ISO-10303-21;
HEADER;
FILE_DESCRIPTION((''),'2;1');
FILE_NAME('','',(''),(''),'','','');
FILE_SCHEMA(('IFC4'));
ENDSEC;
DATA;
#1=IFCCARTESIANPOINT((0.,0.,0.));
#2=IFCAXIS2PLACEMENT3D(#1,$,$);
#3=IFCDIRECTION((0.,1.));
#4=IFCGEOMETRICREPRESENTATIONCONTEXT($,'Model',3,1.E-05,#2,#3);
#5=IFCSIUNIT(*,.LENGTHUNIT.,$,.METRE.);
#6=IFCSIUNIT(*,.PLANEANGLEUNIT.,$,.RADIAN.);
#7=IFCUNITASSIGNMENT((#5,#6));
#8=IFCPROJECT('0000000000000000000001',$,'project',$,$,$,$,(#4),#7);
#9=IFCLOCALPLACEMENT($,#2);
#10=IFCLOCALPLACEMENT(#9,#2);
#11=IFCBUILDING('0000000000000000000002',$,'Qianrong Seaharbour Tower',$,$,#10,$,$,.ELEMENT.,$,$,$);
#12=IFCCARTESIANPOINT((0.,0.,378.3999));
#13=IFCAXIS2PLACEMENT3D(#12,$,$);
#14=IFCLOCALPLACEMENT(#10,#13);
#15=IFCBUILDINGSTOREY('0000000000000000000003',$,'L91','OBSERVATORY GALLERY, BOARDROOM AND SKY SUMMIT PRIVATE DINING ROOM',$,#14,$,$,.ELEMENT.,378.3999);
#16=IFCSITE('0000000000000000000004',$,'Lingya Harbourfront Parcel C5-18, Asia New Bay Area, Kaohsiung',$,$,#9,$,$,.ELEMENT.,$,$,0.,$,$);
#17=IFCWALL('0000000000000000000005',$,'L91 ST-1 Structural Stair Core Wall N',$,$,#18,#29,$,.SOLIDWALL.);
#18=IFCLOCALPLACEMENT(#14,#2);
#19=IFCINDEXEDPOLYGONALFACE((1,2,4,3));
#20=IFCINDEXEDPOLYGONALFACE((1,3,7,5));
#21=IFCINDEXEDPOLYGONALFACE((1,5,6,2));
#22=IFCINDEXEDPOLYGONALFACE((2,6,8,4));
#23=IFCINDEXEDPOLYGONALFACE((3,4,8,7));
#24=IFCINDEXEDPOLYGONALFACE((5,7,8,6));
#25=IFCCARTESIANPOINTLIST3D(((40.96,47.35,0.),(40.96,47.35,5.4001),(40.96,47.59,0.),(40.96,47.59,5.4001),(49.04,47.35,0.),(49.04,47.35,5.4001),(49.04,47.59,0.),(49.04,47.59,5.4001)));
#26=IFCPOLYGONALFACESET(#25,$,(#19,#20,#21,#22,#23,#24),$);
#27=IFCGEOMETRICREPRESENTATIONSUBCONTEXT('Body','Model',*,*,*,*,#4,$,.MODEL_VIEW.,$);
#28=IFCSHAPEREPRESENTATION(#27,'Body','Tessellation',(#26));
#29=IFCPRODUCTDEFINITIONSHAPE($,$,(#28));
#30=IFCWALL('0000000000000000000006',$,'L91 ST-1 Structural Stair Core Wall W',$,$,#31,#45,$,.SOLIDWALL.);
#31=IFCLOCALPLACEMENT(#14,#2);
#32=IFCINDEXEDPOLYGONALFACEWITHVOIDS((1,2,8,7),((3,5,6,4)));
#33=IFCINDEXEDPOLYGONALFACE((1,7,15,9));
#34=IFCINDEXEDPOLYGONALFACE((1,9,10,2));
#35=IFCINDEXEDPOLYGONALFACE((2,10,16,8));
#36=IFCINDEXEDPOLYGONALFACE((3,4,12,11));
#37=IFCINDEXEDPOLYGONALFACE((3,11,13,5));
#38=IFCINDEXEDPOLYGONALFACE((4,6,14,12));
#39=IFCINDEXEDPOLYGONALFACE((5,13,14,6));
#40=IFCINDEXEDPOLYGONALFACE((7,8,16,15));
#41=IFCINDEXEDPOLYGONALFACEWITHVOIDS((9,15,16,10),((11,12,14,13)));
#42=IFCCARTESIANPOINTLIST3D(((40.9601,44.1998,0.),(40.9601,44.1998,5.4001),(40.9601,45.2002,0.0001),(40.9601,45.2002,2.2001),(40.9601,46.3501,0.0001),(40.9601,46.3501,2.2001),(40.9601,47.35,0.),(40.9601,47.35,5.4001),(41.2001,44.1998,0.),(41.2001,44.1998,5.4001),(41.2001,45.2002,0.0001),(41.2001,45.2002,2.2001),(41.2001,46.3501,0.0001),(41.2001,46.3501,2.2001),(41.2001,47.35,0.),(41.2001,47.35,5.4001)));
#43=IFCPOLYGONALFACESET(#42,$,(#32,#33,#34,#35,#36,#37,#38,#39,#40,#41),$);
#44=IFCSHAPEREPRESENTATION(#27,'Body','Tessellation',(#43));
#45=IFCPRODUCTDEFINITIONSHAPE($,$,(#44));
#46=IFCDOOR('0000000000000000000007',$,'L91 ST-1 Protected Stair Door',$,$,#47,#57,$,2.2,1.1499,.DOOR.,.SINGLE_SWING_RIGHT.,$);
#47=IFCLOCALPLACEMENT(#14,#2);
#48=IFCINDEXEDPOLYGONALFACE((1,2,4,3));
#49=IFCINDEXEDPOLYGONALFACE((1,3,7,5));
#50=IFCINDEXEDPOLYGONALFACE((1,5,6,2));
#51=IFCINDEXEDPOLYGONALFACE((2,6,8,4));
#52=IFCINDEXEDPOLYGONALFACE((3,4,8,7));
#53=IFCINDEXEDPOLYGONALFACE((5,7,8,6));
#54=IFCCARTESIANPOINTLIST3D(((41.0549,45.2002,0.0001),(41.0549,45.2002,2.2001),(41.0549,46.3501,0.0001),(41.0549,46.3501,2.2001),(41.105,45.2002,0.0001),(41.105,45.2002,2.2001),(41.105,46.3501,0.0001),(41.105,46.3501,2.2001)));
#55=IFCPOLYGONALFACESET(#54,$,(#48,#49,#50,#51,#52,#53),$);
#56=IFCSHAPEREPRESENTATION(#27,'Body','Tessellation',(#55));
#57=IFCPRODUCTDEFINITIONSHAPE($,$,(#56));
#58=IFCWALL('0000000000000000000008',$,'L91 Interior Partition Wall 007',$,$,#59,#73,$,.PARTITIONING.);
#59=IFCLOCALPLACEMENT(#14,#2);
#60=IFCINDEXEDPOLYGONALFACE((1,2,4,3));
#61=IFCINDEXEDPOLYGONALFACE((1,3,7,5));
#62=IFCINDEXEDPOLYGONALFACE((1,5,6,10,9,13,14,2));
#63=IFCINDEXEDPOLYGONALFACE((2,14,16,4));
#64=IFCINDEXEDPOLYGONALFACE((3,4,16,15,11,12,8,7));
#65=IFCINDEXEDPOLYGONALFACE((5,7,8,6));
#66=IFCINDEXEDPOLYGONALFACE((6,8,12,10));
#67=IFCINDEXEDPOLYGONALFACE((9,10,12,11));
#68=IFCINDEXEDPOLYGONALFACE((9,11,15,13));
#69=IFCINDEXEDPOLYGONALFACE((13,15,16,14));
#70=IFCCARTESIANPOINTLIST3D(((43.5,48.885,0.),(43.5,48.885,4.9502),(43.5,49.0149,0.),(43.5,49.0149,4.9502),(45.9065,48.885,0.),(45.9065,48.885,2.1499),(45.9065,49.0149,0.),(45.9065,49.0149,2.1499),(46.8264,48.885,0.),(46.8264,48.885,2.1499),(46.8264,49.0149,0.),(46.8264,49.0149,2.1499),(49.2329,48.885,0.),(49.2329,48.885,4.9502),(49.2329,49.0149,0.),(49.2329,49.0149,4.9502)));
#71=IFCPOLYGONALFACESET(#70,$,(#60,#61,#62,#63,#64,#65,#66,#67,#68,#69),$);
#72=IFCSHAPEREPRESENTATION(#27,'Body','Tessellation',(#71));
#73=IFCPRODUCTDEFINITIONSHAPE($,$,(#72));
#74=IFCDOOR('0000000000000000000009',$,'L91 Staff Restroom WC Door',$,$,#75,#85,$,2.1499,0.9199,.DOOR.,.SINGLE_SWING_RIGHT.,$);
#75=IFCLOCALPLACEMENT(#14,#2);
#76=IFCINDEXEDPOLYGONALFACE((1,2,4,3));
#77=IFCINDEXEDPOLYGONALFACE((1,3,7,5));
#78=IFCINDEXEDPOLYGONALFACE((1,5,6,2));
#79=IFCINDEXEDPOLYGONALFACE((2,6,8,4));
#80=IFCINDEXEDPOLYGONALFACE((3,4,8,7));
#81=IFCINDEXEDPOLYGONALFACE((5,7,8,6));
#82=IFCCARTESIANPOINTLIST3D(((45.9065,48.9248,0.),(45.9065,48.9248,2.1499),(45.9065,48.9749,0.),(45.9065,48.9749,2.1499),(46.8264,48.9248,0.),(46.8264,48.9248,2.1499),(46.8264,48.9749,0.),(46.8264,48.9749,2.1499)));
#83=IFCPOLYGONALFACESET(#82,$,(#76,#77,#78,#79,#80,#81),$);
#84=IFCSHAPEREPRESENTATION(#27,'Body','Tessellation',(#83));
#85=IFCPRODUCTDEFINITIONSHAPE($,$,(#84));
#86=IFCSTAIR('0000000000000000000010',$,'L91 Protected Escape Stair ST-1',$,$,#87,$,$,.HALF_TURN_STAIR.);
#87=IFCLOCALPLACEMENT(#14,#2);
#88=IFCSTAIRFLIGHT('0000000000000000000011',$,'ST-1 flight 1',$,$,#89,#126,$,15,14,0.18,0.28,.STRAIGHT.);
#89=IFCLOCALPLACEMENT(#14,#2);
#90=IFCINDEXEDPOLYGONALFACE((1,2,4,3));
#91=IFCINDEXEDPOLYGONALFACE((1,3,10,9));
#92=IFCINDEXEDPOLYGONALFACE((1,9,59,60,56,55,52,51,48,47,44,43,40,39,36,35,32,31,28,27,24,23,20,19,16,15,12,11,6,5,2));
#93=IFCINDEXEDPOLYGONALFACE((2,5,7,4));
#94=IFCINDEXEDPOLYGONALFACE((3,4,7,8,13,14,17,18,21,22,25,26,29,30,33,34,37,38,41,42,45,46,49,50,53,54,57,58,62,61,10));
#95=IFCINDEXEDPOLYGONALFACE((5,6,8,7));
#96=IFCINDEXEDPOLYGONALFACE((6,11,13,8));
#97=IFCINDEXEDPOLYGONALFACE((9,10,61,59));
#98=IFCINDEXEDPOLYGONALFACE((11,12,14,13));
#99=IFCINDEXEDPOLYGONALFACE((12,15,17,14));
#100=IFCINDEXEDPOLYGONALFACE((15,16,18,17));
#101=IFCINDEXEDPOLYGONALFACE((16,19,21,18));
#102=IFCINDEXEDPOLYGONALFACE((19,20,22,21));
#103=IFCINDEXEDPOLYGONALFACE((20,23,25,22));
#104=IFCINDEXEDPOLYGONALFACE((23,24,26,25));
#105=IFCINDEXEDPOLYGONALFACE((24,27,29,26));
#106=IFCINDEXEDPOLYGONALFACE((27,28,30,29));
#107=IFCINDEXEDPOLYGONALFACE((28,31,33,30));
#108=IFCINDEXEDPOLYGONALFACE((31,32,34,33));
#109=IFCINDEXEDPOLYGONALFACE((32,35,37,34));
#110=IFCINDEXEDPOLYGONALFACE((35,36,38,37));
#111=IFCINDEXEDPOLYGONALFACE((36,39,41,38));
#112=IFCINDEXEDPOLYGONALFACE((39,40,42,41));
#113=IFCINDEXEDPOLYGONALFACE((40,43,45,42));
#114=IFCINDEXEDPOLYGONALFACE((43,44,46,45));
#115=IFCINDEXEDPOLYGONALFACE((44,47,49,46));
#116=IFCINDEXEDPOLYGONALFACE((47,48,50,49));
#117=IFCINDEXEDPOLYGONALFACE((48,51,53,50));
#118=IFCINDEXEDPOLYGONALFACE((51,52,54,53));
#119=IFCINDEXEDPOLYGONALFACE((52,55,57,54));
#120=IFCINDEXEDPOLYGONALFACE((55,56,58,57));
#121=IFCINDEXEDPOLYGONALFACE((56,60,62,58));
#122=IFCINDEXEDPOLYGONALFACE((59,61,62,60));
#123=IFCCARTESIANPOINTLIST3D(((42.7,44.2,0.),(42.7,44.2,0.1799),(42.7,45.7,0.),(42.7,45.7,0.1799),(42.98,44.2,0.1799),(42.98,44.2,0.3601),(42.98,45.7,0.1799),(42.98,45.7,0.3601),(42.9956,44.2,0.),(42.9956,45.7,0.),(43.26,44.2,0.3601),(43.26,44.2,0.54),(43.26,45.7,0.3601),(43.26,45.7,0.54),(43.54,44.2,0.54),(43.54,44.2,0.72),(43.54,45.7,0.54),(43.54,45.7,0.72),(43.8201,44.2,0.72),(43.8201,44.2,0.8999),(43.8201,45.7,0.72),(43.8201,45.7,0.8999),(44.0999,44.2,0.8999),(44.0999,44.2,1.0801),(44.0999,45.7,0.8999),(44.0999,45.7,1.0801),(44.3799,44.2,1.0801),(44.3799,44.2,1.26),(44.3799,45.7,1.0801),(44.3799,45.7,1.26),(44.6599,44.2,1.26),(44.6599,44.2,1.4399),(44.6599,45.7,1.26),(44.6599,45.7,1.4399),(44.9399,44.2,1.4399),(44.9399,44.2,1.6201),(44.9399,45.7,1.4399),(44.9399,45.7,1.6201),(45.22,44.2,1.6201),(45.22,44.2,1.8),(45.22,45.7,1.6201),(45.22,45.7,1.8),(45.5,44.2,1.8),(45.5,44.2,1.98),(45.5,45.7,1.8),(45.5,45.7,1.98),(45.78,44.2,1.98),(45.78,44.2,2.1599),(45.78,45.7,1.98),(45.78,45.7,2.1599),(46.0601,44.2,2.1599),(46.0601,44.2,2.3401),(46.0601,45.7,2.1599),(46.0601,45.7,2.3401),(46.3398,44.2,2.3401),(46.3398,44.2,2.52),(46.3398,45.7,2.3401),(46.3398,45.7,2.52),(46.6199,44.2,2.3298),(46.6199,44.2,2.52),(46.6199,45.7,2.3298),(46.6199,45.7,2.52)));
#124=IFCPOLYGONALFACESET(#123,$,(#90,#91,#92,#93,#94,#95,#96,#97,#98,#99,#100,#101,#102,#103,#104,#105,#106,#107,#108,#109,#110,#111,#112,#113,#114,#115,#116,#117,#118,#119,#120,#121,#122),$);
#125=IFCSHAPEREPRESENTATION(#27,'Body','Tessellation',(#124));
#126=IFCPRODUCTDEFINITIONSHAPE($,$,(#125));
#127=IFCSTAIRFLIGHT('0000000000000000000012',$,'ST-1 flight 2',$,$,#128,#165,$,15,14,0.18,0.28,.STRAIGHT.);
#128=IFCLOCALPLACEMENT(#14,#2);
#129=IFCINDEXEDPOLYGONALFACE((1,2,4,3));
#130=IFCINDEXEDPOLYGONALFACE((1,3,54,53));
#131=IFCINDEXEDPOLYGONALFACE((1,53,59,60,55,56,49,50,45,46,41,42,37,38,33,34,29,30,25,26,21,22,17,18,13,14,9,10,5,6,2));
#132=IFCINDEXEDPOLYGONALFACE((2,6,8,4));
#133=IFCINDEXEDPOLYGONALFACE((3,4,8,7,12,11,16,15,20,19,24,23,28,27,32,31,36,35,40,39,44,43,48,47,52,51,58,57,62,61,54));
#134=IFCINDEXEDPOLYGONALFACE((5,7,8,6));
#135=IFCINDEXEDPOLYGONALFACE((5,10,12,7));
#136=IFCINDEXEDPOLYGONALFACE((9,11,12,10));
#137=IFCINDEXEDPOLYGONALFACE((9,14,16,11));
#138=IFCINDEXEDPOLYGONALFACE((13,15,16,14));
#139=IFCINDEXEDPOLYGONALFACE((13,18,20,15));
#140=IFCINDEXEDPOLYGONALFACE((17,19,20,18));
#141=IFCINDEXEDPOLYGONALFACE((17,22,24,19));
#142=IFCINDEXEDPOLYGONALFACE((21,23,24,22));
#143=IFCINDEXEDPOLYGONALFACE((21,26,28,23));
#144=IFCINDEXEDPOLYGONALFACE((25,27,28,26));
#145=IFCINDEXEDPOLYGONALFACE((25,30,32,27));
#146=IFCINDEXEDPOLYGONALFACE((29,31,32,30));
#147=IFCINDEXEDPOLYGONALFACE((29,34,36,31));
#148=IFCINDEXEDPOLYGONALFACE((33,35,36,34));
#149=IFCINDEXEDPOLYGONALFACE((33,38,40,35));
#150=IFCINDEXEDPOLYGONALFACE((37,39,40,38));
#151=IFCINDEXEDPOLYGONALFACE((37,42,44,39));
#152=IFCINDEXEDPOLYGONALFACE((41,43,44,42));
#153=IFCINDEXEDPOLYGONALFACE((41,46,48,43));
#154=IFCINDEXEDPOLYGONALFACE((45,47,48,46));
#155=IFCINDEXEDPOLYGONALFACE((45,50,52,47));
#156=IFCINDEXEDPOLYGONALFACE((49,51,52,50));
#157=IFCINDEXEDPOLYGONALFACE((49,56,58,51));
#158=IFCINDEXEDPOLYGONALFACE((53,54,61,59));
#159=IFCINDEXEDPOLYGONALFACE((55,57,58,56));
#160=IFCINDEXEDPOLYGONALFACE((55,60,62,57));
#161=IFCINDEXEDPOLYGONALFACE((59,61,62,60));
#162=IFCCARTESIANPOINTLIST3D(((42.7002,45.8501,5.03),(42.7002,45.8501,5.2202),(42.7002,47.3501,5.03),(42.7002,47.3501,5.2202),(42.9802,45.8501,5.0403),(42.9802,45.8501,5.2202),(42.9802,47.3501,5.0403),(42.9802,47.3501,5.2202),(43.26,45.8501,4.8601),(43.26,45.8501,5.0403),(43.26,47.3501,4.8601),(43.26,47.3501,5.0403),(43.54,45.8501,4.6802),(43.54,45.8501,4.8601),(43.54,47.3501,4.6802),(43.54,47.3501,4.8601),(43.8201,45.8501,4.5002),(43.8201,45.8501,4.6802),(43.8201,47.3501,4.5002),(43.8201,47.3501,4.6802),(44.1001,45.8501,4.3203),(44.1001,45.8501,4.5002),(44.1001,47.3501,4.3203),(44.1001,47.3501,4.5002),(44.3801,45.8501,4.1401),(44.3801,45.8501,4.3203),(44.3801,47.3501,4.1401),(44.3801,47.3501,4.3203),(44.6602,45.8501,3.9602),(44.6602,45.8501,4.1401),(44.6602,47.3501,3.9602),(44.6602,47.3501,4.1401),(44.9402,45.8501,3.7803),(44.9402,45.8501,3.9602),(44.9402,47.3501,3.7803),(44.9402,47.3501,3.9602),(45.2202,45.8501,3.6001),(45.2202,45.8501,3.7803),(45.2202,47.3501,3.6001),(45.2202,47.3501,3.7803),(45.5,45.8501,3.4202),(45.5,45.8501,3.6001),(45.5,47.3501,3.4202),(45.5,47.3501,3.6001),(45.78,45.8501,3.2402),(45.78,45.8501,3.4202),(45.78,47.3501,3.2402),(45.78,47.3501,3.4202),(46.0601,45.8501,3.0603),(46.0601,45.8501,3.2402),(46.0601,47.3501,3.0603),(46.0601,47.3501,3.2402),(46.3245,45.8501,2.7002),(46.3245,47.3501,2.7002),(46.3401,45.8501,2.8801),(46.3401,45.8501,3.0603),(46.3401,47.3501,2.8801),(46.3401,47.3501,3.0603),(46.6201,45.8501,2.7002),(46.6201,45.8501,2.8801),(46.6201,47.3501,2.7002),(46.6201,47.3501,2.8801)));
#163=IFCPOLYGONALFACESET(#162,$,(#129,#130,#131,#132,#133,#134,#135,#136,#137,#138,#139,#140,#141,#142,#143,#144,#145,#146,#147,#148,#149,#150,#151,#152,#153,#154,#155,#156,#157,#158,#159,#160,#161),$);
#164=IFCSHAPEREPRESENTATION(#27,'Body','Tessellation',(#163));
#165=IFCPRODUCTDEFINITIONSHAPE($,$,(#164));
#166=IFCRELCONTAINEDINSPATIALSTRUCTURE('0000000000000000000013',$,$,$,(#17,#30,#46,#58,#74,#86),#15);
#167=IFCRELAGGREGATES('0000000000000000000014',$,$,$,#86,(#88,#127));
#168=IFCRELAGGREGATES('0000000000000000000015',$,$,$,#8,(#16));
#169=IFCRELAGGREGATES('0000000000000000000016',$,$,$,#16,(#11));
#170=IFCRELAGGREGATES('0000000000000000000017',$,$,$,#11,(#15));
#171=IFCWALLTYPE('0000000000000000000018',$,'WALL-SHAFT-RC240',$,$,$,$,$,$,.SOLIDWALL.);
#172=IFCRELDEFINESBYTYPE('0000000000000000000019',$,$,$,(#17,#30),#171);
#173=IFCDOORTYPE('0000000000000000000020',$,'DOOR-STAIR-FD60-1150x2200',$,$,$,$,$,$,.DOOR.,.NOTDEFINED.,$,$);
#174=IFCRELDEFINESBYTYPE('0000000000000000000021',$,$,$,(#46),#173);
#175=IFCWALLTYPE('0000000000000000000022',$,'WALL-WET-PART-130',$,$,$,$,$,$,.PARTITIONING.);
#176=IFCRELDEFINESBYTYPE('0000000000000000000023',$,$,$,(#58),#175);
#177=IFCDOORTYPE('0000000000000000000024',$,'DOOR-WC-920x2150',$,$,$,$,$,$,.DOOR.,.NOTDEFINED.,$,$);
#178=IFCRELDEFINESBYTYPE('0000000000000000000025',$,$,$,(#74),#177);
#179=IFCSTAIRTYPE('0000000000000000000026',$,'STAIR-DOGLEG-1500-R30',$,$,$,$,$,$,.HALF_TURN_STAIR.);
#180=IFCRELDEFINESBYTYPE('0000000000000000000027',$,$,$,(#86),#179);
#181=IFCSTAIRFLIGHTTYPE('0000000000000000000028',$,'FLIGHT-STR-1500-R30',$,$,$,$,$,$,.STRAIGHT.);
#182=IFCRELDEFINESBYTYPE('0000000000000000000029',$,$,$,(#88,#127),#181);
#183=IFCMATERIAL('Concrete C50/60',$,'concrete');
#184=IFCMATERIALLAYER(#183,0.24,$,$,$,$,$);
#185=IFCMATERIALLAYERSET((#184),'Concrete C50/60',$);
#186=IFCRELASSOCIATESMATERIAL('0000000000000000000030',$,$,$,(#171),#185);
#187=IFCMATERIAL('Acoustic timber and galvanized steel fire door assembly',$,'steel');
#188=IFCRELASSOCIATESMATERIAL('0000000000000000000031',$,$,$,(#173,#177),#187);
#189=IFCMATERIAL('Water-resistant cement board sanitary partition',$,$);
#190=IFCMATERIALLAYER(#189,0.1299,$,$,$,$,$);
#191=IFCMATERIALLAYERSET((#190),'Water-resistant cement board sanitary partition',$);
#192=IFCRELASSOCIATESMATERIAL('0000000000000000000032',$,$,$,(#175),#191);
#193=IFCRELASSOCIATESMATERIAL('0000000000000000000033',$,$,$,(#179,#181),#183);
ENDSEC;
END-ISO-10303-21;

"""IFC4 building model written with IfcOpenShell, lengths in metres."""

from ifc_helpers import new_model, si_unit, direction, frame, frame_2d, origin, place, context, subcontext, project, spatial, polyline, rectangle, outline, extrude, material, layer, layer_set, type_object, element, fill, aggregate, save


model = new_model("IFC4")

# Units and contexts
model_context = context("Model", 3, precision=1e-05, world=origin(), true_north=direction((0.0, 1.0)))
body_context = subcontext(model_context, "Body", "Model", "MODEL_VIEW")
ifc_project = project(units=[si_unit("LENGTHUNIT", "METRE"), si_unit("PLANEANGLEUNIT", "RADIAN")], contexts=[model_context])

# Site, building, storey
site_placement = place(None, origin())
site = spatial("IfcSite", under=ifc_project, at=site_placement, Name="Lingya Harbourfront Parcel C5-18, Asia New Bay Area, Kaohsiung", CompositionType="ELEMENT", RefElevation=0.0)
building_placement = place(site_placement, origin())
building = spatial("IfcBuilding", under=site, at=building_placement, Name="Qianrong Seaharbour Tower", CompositionType="ELEMENT")
storey_placement = place(building_placement, frame((0.0, 0.0, 378.3999)))
storey = spatial("IfcBuildingStorey", under=building, at=storey_placement, Name="L91", Description="OBSERVATORY GALLERY, BOARDROOM AND SKY SUMMIT PRIVATE DINING ROOM", CompositionType="ELEMENT", Elevation=378.3999)

# Shared definitions
ifc_material_1 = material(Name="Concrete C50/60", Category="concrete")

# Shared definitions
ifc_material_2 = material(Name="Acoustic timber and galvanized steel fire door assembly", Category="steel")

# Wall
ifc_layer_1 = layer(ifc_material_1, 0.24)
ifc_layer_set_1 = layer_set([ifc_layer_1], Name="Concrete C50/60")
wall_type_1 = type_object("IfcWallType", Name="WALL-SHAFT-RC240", PredefinedType="SOLIDWALL", material=ifc_layer_set_1)
wall_1_placement = place(storey_placement, frame((40.96, 47.47, 0.0), z_axis=(0.0, 0.0, 1.0), x_axis=(1.0, 0.0, 0.0)))
element("IfcWall", 1, at=wall_1_placement, inside=storey, type_object=wall_type_1, Name="L91 ST-1 Structural Stair Core Wall N", PredefinedType="SOLIDWALL", context=body_context, shape_type="SweptSolid", body=[
    extrude(rectangle(XDim=8.0801, YDim=0.24, at=frame_2d((4.04, 0.0))), origin(), (0.0, 0.0, 1.0), 5.4001),
])

# Walls, openings, doors
wall_2_placement = place(storey_placement, frame((41.0801, 47.3501, 0.0), z_axis=(0.0, 0.0, 1.0), x_axis=(0.0, -1.0, 0.0)))
wall_2 = element("IfcWall", 2, at=wall_2_placement, inside=storey, type_object=wall_type_1, Name="L91 ST-1 Structural Stair Core Wall W", PredefinedType="SOLIDWALL", context=body_context, shape_type="SweptSolid", body=[
    extrude(rectangle(XDim=3.1501, YDim=0.24, at=frame_2d((1.5752, 0.0))), origin(), (0.0, 0.0, 1.0), 5.4001),
])
opening_1_placement = place(wall_2_placement, frame((1.0, 0.0, 0.0)))
opening_1 = element("IfcOpeningElement", 3, at=opening_1_placement, cuts=wall_2, PredefinedType="OPENING", context=body_context, shape_type="SweptSolid", body=[
    extrude(rectangle(XDim=1.1499, YDim=2.2, at=frame_2d((0.575, 1.1001))), frame((0.0, 0.1299, 0.0), z_axis=(0.0, -1.0, 0.0), x_axis=(1.0, 0.0, 0.0)), (0.0, 0.0, 1.0), 0.26),
])
door_type_1 = type_object("IfcDoorType", Name="DOOR-STAIR-FD60-1150x2200", OperationType="NOTDEFINED", PredefinedType="DOOR", material=ifc_material_2)
door_1_placement = place(opening_1_placement, origin())
door_1 = element("IfcDoor", 4, at=door_1_placement, inside=storey, type_object=door_type_1, Name="L91 ST-1 Protected Stair Door", OperationType="SINGLE_SWING_RIGHT", OverallHeight=2.2, OverallWidth=1.1499, PredefinedType="DOOR", context=body_context, shape_type="SweptSolid", body=[
    extrude(rectangle(XDim=1.1499, YDim=2.2, at=frame_2d((0.575, 1.1001))), frame((0.0, 0.0249, 0.0), z_axis=(0.0, -1.0, 0.0), x_axis=(1.0, 0.0, 0.0)), (0.0, 0.0, 1.0), 0.05),
])
fill(opening_1, door_1)
ifc_material_3 = material(Name="Water-resistant cement board sanitary partition")
ifc_layer_2 = layer(ifc_material_3, 0.1299)
ifc_layer_set_2 = layer_set([ifc_layer_2], Name="Water-resistant cement board sanitary partition")
wall_type_2 = type_object("IfcWallType", Name="WALL-WET-PART-130", PredefinedType="PARTITIONING", material=ifc_layer_set_2)
wall_3_placement = place(storey_placement, frame((43.5, 48.95, 0.0), z_axis=(0.0, 0.0, 1.0), x_axis=(1.0, 0.0, 0.0)))
wall_3 = element("IfcWall", 5, at=wall_3_placement, inside=storey, type_object=wall_type_2, Name="L91 Interior Partition Wall 007", PredefinedType="PARTITIONING", context=body_context, shape_type="SweptSolid", body=[
    extrude(rectangle(XDim=5.7329, YDim=0.1299, at=frame_2d((2.8665, 0.0))), origin(), (0.0, 0.0, 1.0), 4.9502),
])
opening_2_placement = place(wall_3_placement, frame((2.4065, 0.0, 0.0)))
opening_2 = element("IfcOpeningElement", 6, at=opening_2_placement, cuts=wall_3, PredefinedType="OPENING", context=body_context, shape_type="SweptSolid", body=[
    extrude(rectangle(XDim=0.9199, YDim=2.1499, at=frame_2d((0.46, 1.075))), frame((0.0, 0.075, 0.0), z_axis=(0.0, -1.0, 0.0), x_axis=(1.0, 0.0, 0.0)), (0.0, 0.0, 1.0), 0.1499),
])
door_type_2 = type_object("IfcDoorType", Name="DOOR-WC-920x2150", OperationType="NOTDEFINED", PredefinedType="DOOR", material=ifc_material_2)
door_2_placement = place(opening_2_placement, origin())
door_2 = element("IfcDoor", 7, at=door_2_placement, inside=storey, type_object=door_type_2, Name="L91 Staff Restroom WC Door", OperationType="SINGLE_SWING_RIGHT", OverallHeight=2.1499, OverallWidth=0.9199, PredefinedType="DOOR", context=body_context, shape_type="SweptSolid", body=[
    extrude(rectangle(XDim=0.9199, YDim=2.1499, at=frame_2d((0.46, 1.075))), frame((0.0, 0.0249, 0.0), z_axis=(0.0, -1.0, 0.0), x_axis=(1.0, 0.0, 0.0)), (0.0, 0.0, 1.0), 0.05),
])
fill(opening_2, door_2)

# Stair, stair flights
stair_type = type_object("IfcStairType", Name="STAIR-DOGLEG-1500-R30", PredefinedType="HALF_TURN_STAIR", material=ifc_material_1)
stair_placement = place(storey_placement, origin())
stair = element("IfcStair", 8, at=stair_placement, inside=storey, type_object=stair_type, Name="L91 Protected Escape Stair ST-1", PredefinedType="HALF_TURN_STAIR")
stair_flight_type = type_object("IfcStairFlightType", Name="FLIGHT-STR-1500-R30", PredefinedType="STRAIGHT", material=ifc_material_1)
stair_flight_1_placement = place(storey_placement, frame((42.7, 44.95, 0.0), z_axis=(0.0, 0.0, 1.0), x_axis=(1.0, 0.0, 0.0)))
stair_flight_1 = element("IfcStairFlight", 9, at=stair_flight_1_placement, type_object=stair_flight_type, Name="ST-1 flight 1", NumberOfRisers=15, NumberOfTreads=14, PredefinedType="STRAIGHT", RiserHeight=0.18, TreadLength=0.28, context=body_context, shape_type="SweptSolid", body=[
    extrude(outline(polyline([(0.0, 0.0), (0.0, 0.1799), (0.28, 0.1799), (0.28, 0.3601), (0.5601, 0.3601), (0.5601, 0.54), (0.8401, 0.54), (0.8401, 0.72), (1.1201, 0.72), (1.1201, 0.8999), (1.3999, 0.8999), (1.3999, 1.0801), (1.6799, 1.0801), (1.6799, 1.26), (1.96, 1.26), (1.96, 1.4399), (2.24, 1.4399), (2.24, 1.6201), (2.52, 1.6201), (2.52, 1.8), (2.8, 1.8), (2.8, 1.98), (3.0801, 1.98), (3.0801, 2.1599), (3.3601, 2.1599), (3.3601, 2.3401), (3.6399, 2.3401), (3.6399, 2.52), (3.9199, 2.52), (3.9199, 2.7), (3.9199, 2.3298), (0.2957, 0.0), (0.0, 0.0)])), frame((0.0, 0.75, 0.0), z_axis=(0.0, -1.0, 0.0), x_axis=(1.0, 0.0, 0.0)), (0.0, 0.0, 1.0), 1.5),
])
stair_flight_2_placement = place(storey_placement, frame((46.6201, 46.6001, 2.7002), z_axis=(0.0, 0.0, 1.0), x_axis=(-1.0, 0.0, 0.0)))
stair_flight_2 = element("IfcStairFlight", 10, at=stair_flight_2_placement, type_object=stair_flight_type, Name="ST-1 flight 2", NumberOfRisers=15, NumberOfTreads=14, PredefinedType="STRAIGHT", RiserHeight=0.18, TreadLength=0.28, context=body_context, shape_type="SweptSolid", body=[
    extrude(outline(polyline([(0.0, 0.0), (0.0, 0.1799), (0.28, 0.1799), (0.28, 0.3601), (0.5601, 0.3601), (0.5601, 0.54), (0.8401, 0.54), (0.8401, 0.72), (1.1201, 0.72), (1.1201, 0.8999), (1.3999, 0.8999), (1.3999, 1.0801), (1.6799, 1.0801), (1.6799, 1.26), (1.96, 1.26), (1.96, 1.4399), (2.24, 1.4399), (2.24, 1.6201), (2.52, 1.6201), (2.52, 1.8), (2.8, 1.8), (2.8, 1.98), (3.0801, 1.98), (3.0801, 2.1599), (3.3601, 2.1599), (3.3601, 2.3401), (3.6399, 2.3401), (3.6399, 2.52), (3.9199, 2.52), (3.9199, 2.7), (3.9199, 2.3298), (0.2957, 0.0), (0.0, 0.0)])), frame((0.0, 0.75, 0.0), z_axis=(0.0, -1.0, 0.0), x_axis=(1.0, 0.0, 0.0)), (0.0, 0.0, 1.0), 1.5),
])
aggregate(stair, [stair_flight_1, stair_flight_2])

save(model, "model.ifc")
